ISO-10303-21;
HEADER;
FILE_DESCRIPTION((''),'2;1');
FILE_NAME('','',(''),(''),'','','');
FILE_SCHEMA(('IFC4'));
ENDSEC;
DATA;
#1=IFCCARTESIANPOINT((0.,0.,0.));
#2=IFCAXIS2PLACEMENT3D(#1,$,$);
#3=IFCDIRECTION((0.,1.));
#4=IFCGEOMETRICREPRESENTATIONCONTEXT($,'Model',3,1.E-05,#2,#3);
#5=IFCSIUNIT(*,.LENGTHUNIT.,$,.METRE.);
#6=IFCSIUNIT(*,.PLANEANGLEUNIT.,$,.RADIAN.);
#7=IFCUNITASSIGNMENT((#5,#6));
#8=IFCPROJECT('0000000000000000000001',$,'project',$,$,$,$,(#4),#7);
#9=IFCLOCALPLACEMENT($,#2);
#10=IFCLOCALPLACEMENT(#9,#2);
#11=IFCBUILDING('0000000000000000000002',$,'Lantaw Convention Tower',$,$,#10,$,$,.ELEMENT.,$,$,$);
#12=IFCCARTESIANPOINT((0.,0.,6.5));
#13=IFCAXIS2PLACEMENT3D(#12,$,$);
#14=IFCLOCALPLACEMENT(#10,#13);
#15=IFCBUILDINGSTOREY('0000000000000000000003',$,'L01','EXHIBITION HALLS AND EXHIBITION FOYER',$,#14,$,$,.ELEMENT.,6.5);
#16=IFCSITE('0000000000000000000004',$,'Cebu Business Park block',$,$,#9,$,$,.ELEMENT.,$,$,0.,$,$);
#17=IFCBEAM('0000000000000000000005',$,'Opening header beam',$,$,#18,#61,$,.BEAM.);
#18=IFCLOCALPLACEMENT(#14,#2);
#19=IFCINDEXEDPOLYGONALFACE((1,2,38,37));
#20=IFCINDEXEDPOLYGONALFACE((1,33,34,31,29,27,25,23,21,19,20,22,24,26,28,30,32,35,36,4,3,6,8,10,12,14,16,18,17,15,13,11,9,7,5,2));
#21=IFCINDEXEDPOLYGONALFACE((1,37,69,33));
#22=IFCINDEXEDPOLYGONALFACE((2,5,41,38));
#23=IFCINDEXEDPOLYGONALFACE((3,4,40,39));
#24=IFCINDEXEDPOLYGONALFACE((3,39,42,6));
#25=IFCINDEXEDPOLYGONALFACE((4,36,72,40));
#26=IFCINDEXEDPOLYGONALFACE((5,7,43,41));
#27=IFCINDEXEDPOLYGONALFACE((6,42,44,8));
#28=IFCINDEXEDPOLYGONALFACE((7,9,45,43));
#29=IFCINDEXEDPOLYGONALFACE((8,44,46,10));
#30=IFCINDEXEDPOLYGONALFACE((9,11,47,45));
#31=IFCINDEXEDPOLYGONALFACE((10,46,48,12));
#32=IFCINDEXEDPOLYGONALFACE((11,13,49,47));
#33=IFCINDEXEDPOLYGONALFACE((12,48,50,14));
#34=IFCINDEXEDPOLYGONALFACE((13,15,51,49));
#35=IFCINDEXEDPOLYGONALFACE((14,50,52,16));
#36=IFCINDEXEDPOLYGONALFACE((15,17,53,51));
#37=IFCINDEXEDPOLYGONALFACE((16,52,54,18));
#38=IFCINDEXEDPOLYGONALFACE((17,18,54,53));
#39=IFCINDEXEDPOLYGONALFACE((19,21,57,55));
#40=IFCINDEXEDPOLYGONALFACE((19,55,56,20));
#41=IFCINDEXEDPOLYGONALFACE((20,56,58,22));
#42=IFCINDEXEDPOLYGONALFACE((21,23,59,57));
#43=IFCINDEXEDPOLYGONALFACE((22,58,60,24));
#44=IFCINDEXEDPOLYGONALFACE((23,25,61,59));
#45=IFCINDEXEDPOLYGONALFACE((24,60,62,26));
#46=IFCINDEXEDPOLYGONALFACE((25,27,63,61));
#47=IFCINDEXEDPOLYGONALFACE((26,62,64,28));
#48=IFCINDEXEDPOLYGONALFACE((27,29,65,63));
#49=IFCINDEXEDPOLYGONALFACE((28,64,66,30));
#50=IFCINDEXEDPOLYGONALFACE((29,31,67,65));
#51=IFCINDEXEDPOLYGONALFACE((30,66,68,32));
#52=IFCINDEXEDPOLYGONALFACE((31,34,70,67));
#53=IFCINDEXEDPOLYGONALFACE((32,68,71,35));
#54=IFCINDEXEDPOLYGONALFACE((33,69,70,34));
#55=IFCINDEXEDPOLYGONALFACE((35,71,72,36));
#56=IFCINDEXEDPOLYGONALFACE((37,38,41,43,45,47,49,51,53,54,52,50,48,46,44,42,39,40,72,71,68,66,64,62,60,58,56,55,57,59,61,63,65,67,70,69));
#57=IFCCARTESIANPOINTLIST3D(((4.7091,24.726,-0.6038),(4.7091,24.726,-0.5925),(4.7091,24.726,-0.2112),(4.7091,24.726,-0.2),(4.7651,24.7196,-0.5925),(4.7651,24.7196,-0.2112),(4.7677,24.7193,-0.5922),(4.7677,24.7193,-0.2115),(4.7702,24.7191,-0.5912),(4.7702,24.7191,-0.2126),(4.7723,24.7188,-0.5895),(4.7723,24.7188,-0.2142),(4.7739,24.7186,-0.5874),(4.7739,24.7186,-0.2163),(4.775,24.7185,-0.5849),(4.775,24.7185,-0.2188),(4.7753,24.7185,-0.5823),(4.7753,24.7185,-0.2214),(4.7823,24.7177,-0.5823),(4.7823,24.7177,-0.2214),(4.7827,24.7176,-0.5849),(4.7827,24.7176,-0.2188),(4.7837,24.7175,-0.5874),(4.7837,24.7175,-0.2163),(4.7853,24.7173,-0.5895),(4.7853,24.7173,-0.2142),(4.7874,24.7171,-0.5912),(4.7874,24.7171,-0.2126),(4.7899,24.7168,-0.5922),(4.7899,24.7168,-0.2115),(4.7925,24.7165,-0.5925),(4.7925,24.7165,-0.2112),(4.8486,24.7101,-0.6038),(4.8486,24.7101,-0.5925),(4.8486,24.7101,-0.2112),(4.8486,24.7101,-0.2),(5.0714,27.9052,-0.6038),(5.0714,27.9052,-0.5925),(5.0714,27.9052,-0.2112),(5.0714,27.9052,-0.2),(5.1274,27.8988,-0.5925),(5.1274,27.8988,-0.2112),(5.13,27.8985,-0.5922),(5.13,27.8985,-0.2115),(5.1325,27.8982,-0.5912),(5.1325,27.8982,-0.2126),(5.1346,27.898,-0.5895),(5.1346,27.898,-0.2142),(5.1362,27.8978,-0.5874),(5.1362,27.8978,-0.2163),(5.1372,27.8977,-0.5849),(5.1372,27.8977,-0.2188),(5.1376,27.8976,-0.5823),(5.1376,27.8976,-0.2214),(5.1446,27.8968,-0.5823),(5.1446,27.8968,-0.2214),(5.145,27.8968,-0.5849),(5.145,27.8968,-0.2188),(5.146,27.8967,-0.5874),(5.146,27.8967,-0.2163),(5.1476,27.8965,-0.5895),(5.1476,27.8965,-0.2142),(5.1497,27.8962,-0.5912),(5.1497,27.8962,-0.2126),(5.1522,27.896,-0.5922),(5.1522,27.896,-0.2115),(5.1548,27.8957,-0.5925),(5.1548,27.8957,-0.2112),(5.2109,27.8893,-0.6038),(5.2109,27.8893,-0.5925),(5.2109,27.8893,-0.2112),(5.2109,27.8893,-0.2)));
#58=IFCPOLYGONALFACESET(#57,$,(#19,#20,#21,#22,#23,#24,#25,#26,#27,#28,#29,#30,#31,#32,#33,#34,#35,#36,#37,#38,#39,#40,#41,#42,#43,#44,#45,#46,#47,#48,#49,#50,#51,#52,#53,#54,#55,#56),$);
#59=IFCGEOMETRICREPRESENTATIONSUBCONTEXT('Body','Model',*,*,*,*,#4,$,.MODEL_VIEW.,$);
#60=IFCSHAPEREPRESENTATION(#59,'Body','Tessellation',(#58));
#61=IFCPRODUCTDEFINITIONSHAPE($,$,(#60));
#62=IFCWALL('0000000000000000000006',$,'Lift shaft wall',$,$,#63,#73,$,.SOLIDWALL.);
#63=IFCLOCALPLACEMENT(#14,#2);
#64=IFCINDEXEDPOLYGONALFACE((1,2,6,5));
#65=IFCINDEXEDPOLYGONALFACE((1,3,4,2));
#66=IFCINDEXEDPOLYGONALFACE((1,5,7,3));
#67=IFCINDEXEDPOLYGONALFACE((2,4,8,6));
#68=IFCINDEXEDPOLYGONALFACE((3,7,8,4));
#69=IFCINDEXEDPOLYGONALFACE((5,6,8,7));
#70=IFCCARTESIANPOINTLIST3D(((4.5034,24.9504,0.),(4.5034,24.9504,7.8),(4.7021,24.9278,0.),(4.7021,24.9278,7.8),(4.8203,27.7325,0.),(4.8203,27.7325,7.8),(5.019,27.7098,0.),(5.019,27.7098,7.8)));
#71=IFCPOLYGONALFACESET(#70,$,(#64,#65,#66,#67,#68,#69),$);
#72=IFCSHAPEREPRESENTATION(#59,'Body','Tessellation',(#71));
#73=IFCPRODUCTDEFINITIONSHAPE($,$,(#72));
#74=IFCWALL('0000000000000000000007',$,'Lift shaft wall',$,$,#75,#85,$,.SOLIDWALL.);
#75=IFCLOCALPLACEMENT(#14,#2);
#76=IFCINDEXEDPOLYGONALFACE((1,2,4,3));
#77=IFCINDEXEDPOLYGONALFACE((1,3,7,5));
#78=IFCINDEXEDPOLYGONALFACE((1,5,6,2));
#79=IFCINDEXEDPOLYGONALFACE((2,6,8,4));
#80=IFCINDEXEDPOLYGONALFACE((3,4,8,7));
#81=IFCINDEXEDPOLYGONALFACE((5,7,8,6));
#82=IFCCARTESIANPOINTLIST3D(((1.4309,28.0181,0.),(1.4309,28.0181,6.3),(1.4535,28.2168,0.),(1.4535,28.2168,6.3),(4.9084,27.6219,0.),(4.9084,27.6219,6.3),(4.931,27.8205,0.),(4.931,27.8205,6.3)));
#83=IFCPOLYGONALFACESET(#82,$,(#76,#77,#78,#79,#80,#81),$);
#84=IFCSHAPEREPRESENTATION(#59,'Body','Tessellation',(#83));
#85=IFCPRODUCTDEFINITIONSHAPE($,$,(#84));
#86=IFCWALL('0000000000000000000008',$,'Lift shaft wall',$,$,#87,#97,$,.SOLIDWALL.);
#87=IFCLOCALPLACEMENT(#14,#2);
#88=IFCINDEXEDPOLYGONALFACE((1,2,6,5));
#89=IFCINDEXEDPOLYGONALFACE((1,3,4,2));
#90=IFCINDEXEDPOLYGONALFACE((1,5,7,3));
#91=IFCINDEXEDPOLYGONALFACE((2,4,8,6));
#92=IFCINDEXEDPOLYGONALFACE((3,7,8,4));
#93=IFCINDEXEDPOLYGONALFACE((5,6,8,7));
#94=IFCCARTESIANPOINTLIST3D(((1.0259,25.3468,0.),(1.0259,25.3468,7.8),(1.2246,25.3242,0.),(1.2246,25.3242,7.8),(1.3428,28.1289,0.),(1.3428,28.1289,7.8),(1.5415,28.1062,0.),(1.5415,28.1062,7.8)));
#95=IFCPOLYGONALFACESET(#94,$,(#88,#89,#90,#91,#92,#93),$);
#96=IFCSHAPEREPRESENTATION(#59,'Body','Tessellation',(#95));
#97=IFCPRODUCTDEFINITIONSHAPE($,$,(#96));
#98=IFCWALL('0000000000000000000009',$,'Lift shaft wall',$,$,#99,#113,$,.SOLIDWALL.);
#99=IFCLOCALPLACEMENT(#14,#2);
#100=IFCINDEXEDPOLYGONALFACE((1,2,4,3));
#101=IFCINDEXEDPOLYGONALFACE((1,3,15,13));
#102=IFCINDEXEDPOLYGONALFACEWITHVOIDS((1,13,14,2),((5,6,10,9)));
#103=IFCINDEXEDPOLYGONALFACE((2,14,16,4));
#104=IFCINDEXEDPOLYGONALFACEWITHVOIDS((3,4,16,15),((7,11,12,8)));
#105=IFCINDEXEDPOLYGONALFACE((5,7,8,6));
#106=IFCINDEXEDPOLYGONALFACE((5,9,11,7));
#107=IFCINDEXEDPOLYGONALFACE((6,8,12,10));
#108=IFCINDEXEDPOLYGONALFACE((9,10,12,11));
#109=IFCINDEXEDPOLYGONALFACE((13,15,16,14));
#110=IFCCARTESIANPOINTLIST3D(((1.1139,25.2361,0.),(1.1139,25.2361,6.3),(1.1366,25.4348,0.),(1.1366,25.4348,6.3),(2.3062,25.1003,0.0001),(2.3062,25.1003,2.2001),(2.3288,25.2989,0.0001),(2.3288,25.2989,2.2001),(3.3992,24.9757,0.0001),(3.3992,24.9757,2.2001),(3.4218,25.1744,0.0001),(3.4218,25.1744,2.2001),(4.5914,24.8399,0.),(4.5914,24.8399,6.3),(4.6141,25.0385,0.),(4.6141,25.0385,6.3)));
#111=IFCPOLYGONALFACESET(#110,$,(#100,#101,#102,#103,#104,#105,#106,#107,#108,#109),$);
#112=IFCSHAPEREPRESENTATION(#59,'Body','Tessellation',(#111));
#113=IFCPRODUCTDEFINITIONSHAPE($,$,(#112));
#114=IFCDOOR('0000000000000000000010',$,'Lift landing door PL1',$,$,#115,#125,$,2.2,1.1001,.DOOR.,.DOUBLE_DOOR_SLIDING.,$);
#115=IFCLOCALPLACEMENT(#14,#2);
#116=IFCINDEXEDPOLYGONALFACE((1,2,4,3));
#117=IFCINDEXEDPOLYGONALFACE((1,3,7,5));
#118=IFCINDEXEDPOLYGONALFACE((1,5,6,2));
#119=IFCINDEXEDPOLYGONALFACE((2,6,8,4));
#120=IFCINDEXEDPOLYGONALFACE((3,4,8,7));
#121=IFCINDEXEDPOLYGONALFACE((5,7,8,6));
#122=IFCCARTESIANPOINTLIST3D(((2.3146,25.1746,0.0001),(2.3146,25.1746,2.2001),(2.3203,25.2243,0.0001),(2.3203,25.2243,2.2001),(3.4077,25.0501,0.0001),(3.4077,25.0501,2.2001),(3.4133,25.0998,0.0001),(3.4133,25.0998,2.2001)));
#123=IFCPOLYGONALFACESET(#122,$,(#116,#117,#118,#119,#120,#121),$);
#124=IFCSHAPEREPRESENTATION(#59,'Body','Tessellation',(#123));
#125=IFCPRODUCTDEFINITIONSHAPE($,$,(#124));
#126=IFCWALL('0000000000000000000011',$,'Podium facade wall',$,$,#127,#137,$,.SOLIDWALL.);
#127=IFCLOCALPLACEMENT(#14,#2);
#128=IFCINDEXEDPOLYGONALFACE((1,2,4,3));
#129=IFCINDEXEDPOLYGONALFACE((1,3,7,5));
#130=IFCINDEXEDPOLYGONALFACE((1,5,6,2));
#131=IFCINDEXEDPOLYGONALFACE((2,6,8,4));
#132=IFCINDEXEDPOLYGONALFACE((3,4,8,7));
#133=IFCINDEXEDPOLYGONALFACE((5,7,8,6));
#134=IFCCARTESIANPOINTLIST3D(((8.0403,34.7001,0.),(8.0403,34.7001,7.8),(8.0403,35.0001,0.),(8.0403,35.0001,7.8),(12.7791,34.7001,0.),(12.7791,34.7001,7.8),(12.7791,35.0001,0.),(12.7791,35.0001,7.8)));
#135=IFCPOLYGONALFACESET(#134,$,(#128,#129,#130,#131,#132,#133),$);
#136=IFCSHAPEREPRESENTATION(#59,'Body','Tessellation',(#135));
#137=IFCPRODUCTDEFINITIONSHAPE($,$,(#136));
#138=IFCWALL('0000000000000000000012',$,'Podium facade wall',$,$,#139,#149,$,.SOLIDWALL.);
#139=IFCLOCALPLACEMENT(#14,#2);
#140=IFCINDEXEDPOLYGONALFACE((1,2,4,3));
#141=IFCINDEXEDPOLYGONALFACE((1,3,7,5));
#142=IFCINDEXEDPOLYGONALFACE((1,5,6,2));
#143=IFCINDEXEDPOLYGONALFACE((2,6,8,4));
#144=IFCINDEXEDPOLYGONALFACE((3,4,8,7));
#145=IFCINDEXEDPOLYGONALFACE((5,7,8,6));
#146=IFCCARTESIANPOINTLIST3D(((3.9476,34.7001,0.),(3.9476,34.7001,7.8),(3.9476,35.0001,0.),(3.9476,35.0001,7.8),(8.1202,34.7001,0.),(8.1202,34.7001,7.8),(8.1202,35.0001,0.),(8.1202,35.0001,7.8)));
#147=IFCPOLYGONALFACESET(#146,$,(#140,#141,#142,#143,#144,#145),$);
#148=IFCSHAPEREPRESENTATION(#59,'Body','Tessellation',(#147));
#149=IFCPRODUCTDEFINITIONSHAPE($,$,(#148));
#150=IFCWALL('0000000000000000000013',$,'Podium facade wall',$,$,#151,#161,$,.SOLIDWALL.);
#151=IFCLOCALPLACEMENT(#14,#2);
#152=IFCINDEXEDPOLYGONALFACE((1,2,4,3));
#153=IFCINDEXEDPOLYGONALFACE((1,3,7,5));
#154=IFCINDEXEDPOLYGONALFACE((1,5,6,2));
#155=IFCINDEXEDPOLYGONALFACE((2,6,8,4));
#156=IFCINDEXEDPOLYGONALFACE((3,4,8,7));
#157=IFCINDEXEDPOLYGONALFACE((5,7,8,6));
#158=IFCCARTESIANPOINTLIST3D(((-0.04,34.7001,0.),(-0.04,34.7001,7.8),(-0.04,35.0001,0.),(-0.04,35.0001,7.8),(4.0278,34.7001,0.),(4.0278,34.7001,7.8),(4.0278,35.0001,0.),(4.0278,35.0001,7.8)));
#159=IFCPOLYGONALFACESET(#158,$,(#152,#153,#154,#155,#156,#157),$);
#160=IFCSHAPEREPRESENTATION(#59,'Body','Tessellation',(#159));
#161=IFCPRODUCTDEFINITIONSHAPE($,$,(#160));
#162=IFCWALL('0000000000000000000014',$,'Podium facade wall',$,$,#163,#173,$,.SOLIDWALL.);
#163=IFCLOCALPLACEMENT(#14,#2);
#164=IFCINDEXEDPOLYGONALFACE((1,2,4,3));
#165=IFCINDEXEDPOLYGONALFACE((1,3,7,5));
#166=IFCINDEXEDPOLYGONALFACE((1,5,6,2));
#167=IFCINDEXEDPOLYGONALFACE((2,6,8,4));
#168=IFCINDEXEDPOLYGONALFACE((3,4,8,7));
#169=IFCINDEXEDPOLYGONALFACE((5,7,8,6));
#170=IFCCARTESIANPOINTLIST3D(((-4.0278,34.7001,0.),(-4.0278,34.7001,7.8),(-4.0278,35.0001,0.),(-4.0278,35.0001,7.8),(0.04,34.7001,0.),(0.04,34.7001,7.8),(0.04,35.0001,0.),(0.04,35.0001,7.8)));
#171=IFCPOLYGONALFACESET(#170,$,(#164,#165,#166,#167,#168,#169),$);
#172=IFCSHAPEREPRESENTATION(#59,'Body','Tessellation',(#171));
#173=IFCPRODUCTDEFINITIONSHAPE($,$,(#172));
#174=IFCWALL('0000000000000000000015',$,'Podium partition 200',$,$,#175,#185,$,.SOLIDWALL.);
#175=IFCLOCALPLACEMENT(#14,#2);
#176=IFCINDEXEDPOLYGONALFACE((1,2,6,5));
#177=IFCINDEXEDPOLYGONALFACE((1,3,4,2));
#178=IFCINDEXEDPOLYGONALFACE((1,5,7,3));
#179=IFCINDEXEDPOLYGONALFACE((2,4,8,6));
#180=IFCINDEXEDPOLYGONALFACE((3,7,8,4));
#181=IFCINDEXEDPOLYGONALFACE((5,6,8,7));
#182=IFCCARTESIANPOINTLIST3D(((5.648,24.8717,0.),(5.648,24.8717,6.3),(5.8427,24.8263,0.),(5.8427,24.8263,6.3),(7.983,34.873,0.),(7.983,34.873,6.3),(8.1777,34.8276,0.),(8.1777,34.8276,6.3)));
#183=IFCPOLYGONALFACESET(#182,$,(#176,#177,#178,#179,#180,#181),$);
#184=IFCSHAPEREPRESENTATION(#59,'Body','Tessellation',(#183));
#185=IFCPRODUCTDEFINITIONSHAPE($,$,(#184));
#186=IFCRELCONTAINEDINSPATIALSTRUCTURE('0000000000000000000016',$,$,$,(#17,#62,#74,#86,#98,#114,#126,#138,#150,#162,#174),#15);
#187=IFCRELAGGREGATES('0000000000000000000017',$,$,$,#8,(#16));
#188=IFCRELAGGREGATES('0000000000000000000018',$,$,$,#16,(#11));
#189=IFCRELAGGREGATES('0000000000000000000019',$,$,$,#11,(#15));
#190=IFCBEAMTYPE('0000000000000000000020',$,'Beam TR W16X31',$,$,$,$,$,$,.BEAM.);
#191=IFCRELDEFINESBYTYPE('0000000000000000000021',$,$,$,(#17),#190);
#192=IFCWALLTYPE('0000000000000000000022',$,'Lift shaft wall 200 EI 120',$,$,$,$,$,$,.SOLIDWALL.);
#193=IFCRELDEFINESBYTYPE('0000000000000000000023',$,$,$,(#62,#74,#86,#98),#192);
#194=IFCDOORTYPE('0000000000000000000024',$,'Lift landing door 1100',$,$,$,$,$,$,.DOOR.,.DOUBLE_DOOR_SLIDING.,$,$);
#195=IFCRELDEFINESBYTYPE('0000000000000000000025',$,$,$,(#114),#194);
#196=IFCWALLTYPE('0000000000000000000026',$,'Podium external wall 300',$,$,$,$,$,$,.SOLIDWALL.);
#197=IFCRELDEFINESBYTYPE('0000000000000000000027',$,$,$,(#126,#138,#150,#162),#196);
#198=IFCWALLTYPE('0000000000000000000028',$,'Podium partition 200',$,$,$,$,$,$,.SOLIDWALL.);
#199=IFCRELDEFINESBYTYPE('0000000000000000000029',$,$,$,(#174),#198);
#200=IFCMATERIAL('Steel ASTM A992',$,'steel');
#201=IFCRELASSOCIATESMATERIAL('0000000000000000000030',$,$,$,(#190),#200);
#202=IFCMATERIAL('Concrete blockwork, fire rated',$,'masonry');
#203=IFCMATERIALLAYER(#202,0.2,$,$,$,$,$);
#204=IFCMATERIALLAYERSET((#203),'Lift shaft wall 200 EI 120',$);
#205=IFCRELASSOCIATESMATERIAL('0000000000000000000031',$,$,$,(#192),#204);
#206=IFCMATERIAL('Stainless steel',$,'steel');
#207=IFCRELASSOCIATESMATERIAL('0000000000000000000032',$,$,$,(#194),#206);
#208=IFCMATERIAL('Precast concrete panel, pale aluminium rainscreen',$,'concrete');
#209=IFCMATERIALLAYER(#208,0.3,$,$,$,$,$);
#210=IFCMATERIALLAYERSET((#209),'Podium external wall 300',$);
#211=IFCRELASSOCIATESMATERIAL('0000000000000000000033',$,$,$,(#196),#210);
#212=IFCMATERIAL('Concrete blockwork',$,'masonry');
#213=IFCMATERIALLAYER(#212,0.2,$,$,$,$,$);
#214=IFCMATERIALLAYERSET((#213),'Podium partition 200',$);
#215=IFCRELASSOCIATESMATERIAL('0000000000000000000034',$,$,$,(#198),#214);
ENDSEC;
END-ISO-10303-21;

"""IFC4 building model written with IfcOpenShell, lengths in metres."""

from ifc_helpers import new_model, si_unit, direction, frame, frame_2d, origin, origin_2d, place, context, subcontext, project, spatial, rectangle, i_section, extrude, material, layer, layer_set, material_profile, profile_set, type_object, element, fill, save


model = new_model("IFC4")

# Units and contexts
model_context = context("Model", 3, precision=1e-05, world=origin(), true_north=direction((0.0, 1.0)))
body_context = subcontext(model_context, "Body", "Model", "MODEL_VIEW")
ifc_project = project(units=[si_unit("LENGTHUNIT", "METRE"), si_unit("PLANEANGLEUNIT", "RADIAN")], contexts=[model_context])

# Site, building, storey
site_placement = place(None, origin())
site = spatial("IfcSite", under=ifc_project, at=site_placement, Name="Cebu Business Park block", CompositionType="ELEMENT", RefElevation=0.0)
building_placement = place(site_placement, origin())
building = spatial("IfcBuilding", under=site, at=building_placement, Name="Lantaw Convention Tower", CompositionType="ELEMENT")
storey_placement = place(building_placement, frame((0.0, 0.0, 6.5)))
storey = spatial("IfcBuildingStorey", under=building, at=storey_placement, Name="L01", Description="EXHIBITION HALLS AND EXHIBITION FOYER", CompositionType="ELEMENT", Elevation=6.5)

# Beam
ifc_material_1 = material(Name="Steel ASTM A992", Category="steel")
ifc_material_profile_1 = material_profile(ifc_material_1, i_section(OverallWidth=0.1404, OverallDepth=0.4038, WebThickness=0.0071, FlangeThickness=0.0112, FilletRadius=0.0103, at=origin_2d()), Name="W16X31")
ifc_profile_set_1 = profile_set([ifc_material_profile_1], Name="Steel ASTM A992")
beam_type_1 = type_object("IfcBeamType", Name="Beam TR W16X31", PredefinedType="BEAM", material=ifc_profile_set_1)
beam_1_placement = place(storey_placement, frame((5.1411, 27.8972, -0.4019), z_axis=(-0.113228, -0.993569, 0.0), x_axis=(0.993569, -0.113228, 0.0)))
element("IfcBeam", 1, at=beam_1_placement, inside=storey, type_object=beam_type_1, Name="Opening header beam", PredefinedType="BEAM", context=body_context, shape_type="SweptSolid", body=[
    extrude(i_section(OverallWidth=0.1404, OverallDepth=0.4038, WebThickness=0.0071, FlangeThickness=0.0112, FilletRadius=0.0103, at=origin_2d()), origin(), (0.0, 0.0, 1.0), 3.1997),
])

# Walls
ifc_material_2 = material(Name="Concrete blockwork, fire rated", Category="masonry")
ifc_layer_1 = layer(ifc_material_2, 0.2)
ifc_layer_set_1 = layer_set([ifc_layer_1], Name="Lift shaft wall 200 EI 120")
wall_type_1 = type_object("IfcWallType", Name="Lift shaft wall 200 EI 120", PredefinedType="SOLIDWALL", material=ifc_layer_set_1)
wall_1_placement = place(storey_placement, frame((4.6028, 24.9392, 0.0), z_axis=(0.0, 0.0, 1.0), x_axis=(0.113178, 0.993575, 0.0)))
element("IfcWall", 2, at=wall_1_placement, inside=storey, type_object=wall_type_1, Name="Lift shaft wall", PredefinedType="SOLIDWALL", context=body_context, shape_type="SweptSolid", body=[
    extrude(rectangle(XDim=2.8, YDim=0.2, at=frame_2d((1.3999, 0.0))), origin(), (0.0, 0.0, 1.0), 7.8),
])
wall_2_placement = place(storey_placement, frame((4.9197, 27.7212, 0.0), z_axis=(0.0, 0.0, 1.0), x_axis=(-0.993571, 0.11321, 0.0)))
element("IfcWall", 3, at=wall_2_placement, inside=storey, type_object=wall_type_1, Name="Lift shaft wall", PredefinedType="SOLIDWALL", context=body_context, shape_type="SweptSolid", body=[
    extrude(rectangle(XDim=3.5, YDim=0.2, at=frame_2d((1.75, 0.0))), origin(), (0.0, 0.0, 1.0), 6.3),
])
wall_3_placement = place(storey_placement, frame((1.4421, 28.1174, 0.0), z_axis=(0.0, 0.0, 1.0), x_axis=(-0.113178, -0.993575, 0.0)))
element("IfcWall", 4, at=wall_3_placement, inside=storey, type_object=wall_type_1, Name="Lift shaft wall", PredefinedType="SOLIDWALL", context=body_context, shape_type="SweptSolid", body=[
    extrude(rectangle(XDim=2.8, YDim=0.2, at=frame_2d((1.3999, 0.0))), origin(), (0.0, 0.0, 1.0), 7.8),
])

# Wall, opening, door
wall_4_placement = place(storey_placement, frame((1.1252, 25.3354, 0.0), z_axis=(0.0, 0.0, 1.0), x_axis=(0.993571, -0.11321, 0.0)))
wall_4 = element("IfcWall", 5, at=wall_4_placement, inside=storey, type_object=wall_type_1, Name="Lift shaft wall", PredefinedType="SOLIDWALL", context=body_context, shape_type="SweptSolid", body=[
    extrude(rectangle(XDim=3.5, YDim=0.2, at=frame_2d((1.75, 0.0))), origin(), (0.0, 0.0, 1.0), 6.3),
])
opening_1_placement = place(wall_4_placement, frame((1.2, 0.0, 0.0)))
opening_1 = element("IfcOpeningElement", 6, at=opening_1_placement, cuts=wall_4, PredefinedType="OPENING", context=body_context, shape_type="SweptSolid", body=[
    extrude(rectangle(XDim=1.1001, YDim=2.2, at=frame_2d((0.55, 1.1001))), frame((0.0, 0.1099, 0.0), z_axis=(0.0, -1.0, 0.0), x_axis=(1.0, 0.0, 0.0)), (0.0, 0.0, 1.0), 0.22),
])
ifc_material_3 = material(Name="Stainless steel", Category="steel")
door_type_1 = type_object("IfcDoorType", Name="Lift landing door 1100", OperationType="DOUBLE_DOOR_SLIDING", PredefinedType="DOOR", material=ifc_material_3)
door_1_placement = place(opening_1_placement, origin())
door_1 = element("IfcDoor", 7, at=door_1_placement, inside=storey, type_object=door_type_1, Name="Lift landing door PL1", OperationType="DOUBLE_DOOR_SLIDING", OverallHeight=2.2, OverallWidth=1.1001, PredefinedType="DOOR", context=body_context, shape_type="SweptSolid", body=[
    extrude(rectangle(XDim=1.1001, YDim=2.2, at=frame_2d((0.55, 1.1001))), frame((0.0, 0.0249, 0.0), z_axis=(0.0, -1.0, 0.0), x_axis=(1.0, 0.0, 0.0)), (0.0, 0.0, 1.0), 0.05),
])
fill(opening_1, door_1)

# Walls
ifc_material_4 = material(Name="Precast concrete panel, pale aluminium rainscreen", Category="concrete")
ifc_layer_2 = layer(ifc_material_4, 0.3)
ifc_layer_set_2 = layer_set([ifc_layer_2], Name="Podium external wall 300")
wall_type_2 = type_object("IfcWallType", Name="Podium external wall 300", PredefinedType="SOLIDWALL", material=ifc_layer_set_2)
wall_5_placement = place(storey_placement, frame((12.7791, 34.8501, 0.0), z_axis=(0.0, 0.0, 1.0), x_axis=(-1.0, 0.0, 0.0)))
element("IfcWall", 8, at=wall_5_placement, inside=storey, type_object=wall_type_2, Name="Podium facade wall", PredefinedType="SOLIDWALL", context=body_context, shape_type="SweptSolid", body=[
    extrude(rectangle(XDim=4.7388, YDim=0.3, at=frame_2d((2.3694, 0.0))), origin(), (0.0, 0.0, 1.0), 7.8),
])
wall_6_placement = place(storey_placement, frame((8.1204, 34.8501, 0.0), z_axis=(0.0, 0.0, 1.0), x_axis=(-1.0, 0.0, 0.0)))
element("IfcWall", 9, at=wall_6_placement, inside=storey, type_object=wall_type_2, Name="Podium facade wall", PredefinedType="SOLIDWALL", context=body_context, shape_type="SweptSolid", body=[
    extrude(rectangle(XDim=4.1726, YDim=0.3, at=frame_2d((2.0864, 0.0))), origin(), (0.0, 0.0, 1.0), 7.8),
])
for number, where, z_axis, x_axis, name in (
    (10, (4.0278, 34.8501, 0.0), (0.0, 0.0, 1.0), (-1.0, 0.0, 0.0), "Podium facade wall"),
    (11, (0.04, 34.8501, 0.0), (0.0, 0.0, 1.0), (-1.0, 0.0, 0.0), "Podium facade wall"),
):
    element("IfcWall", number, at=place(storey_placement, frame(where, z_axis=z_axis, x_axis=x_axis)), inside=storey, type_object=wall_type_2, Name=name, PredefinedType="SOLIDWALL", context=body_context, shape_type="SweptSolid", body=[
        extrude(rectangle(XDim=4.0679, YDim=0.3, at=frame_2d((2.0339, 0.0))), origin(), (0.0, 0.0, 1.0), 7.8),
    ])
ifc_material_5 = material(Name="Concrete blockwork", Category="masonry")
ifc_layer_3 = layer(ifc_material_5, 0.2)
ifc_layer_set_3 = layer_set([ifc_layer_3], Name="Podium partition 200")
wall_type_3 = type_object("IfcWallType", Name="Podium partition 200", PredefinedType="SOLIDWALL", material=ifc_layer_set_3)
wall_7_placement = place(storey_placement, frame((5.7454, 24.8489, 0.0), z_axis=(0.0, 0.0, 1.0), x_axis=(0.227354, 0.973812, 0.0)))
element("IfcWall", 12, at=wall_7_placement, inside=storey, type_object=wall_type_3, Name="Podium partition 200", PredefinedType="SOLIDWALL", context=body_context, shape_type="SweptSolid", body=[
    extrude(rectangle(XDim=10.2703, YDim=0.2, at=frame_2d((5.1353, 0.0))), origin(), (0.0, 0.0, 1.0), 6.3),
])

save(model, "model.ifc")
